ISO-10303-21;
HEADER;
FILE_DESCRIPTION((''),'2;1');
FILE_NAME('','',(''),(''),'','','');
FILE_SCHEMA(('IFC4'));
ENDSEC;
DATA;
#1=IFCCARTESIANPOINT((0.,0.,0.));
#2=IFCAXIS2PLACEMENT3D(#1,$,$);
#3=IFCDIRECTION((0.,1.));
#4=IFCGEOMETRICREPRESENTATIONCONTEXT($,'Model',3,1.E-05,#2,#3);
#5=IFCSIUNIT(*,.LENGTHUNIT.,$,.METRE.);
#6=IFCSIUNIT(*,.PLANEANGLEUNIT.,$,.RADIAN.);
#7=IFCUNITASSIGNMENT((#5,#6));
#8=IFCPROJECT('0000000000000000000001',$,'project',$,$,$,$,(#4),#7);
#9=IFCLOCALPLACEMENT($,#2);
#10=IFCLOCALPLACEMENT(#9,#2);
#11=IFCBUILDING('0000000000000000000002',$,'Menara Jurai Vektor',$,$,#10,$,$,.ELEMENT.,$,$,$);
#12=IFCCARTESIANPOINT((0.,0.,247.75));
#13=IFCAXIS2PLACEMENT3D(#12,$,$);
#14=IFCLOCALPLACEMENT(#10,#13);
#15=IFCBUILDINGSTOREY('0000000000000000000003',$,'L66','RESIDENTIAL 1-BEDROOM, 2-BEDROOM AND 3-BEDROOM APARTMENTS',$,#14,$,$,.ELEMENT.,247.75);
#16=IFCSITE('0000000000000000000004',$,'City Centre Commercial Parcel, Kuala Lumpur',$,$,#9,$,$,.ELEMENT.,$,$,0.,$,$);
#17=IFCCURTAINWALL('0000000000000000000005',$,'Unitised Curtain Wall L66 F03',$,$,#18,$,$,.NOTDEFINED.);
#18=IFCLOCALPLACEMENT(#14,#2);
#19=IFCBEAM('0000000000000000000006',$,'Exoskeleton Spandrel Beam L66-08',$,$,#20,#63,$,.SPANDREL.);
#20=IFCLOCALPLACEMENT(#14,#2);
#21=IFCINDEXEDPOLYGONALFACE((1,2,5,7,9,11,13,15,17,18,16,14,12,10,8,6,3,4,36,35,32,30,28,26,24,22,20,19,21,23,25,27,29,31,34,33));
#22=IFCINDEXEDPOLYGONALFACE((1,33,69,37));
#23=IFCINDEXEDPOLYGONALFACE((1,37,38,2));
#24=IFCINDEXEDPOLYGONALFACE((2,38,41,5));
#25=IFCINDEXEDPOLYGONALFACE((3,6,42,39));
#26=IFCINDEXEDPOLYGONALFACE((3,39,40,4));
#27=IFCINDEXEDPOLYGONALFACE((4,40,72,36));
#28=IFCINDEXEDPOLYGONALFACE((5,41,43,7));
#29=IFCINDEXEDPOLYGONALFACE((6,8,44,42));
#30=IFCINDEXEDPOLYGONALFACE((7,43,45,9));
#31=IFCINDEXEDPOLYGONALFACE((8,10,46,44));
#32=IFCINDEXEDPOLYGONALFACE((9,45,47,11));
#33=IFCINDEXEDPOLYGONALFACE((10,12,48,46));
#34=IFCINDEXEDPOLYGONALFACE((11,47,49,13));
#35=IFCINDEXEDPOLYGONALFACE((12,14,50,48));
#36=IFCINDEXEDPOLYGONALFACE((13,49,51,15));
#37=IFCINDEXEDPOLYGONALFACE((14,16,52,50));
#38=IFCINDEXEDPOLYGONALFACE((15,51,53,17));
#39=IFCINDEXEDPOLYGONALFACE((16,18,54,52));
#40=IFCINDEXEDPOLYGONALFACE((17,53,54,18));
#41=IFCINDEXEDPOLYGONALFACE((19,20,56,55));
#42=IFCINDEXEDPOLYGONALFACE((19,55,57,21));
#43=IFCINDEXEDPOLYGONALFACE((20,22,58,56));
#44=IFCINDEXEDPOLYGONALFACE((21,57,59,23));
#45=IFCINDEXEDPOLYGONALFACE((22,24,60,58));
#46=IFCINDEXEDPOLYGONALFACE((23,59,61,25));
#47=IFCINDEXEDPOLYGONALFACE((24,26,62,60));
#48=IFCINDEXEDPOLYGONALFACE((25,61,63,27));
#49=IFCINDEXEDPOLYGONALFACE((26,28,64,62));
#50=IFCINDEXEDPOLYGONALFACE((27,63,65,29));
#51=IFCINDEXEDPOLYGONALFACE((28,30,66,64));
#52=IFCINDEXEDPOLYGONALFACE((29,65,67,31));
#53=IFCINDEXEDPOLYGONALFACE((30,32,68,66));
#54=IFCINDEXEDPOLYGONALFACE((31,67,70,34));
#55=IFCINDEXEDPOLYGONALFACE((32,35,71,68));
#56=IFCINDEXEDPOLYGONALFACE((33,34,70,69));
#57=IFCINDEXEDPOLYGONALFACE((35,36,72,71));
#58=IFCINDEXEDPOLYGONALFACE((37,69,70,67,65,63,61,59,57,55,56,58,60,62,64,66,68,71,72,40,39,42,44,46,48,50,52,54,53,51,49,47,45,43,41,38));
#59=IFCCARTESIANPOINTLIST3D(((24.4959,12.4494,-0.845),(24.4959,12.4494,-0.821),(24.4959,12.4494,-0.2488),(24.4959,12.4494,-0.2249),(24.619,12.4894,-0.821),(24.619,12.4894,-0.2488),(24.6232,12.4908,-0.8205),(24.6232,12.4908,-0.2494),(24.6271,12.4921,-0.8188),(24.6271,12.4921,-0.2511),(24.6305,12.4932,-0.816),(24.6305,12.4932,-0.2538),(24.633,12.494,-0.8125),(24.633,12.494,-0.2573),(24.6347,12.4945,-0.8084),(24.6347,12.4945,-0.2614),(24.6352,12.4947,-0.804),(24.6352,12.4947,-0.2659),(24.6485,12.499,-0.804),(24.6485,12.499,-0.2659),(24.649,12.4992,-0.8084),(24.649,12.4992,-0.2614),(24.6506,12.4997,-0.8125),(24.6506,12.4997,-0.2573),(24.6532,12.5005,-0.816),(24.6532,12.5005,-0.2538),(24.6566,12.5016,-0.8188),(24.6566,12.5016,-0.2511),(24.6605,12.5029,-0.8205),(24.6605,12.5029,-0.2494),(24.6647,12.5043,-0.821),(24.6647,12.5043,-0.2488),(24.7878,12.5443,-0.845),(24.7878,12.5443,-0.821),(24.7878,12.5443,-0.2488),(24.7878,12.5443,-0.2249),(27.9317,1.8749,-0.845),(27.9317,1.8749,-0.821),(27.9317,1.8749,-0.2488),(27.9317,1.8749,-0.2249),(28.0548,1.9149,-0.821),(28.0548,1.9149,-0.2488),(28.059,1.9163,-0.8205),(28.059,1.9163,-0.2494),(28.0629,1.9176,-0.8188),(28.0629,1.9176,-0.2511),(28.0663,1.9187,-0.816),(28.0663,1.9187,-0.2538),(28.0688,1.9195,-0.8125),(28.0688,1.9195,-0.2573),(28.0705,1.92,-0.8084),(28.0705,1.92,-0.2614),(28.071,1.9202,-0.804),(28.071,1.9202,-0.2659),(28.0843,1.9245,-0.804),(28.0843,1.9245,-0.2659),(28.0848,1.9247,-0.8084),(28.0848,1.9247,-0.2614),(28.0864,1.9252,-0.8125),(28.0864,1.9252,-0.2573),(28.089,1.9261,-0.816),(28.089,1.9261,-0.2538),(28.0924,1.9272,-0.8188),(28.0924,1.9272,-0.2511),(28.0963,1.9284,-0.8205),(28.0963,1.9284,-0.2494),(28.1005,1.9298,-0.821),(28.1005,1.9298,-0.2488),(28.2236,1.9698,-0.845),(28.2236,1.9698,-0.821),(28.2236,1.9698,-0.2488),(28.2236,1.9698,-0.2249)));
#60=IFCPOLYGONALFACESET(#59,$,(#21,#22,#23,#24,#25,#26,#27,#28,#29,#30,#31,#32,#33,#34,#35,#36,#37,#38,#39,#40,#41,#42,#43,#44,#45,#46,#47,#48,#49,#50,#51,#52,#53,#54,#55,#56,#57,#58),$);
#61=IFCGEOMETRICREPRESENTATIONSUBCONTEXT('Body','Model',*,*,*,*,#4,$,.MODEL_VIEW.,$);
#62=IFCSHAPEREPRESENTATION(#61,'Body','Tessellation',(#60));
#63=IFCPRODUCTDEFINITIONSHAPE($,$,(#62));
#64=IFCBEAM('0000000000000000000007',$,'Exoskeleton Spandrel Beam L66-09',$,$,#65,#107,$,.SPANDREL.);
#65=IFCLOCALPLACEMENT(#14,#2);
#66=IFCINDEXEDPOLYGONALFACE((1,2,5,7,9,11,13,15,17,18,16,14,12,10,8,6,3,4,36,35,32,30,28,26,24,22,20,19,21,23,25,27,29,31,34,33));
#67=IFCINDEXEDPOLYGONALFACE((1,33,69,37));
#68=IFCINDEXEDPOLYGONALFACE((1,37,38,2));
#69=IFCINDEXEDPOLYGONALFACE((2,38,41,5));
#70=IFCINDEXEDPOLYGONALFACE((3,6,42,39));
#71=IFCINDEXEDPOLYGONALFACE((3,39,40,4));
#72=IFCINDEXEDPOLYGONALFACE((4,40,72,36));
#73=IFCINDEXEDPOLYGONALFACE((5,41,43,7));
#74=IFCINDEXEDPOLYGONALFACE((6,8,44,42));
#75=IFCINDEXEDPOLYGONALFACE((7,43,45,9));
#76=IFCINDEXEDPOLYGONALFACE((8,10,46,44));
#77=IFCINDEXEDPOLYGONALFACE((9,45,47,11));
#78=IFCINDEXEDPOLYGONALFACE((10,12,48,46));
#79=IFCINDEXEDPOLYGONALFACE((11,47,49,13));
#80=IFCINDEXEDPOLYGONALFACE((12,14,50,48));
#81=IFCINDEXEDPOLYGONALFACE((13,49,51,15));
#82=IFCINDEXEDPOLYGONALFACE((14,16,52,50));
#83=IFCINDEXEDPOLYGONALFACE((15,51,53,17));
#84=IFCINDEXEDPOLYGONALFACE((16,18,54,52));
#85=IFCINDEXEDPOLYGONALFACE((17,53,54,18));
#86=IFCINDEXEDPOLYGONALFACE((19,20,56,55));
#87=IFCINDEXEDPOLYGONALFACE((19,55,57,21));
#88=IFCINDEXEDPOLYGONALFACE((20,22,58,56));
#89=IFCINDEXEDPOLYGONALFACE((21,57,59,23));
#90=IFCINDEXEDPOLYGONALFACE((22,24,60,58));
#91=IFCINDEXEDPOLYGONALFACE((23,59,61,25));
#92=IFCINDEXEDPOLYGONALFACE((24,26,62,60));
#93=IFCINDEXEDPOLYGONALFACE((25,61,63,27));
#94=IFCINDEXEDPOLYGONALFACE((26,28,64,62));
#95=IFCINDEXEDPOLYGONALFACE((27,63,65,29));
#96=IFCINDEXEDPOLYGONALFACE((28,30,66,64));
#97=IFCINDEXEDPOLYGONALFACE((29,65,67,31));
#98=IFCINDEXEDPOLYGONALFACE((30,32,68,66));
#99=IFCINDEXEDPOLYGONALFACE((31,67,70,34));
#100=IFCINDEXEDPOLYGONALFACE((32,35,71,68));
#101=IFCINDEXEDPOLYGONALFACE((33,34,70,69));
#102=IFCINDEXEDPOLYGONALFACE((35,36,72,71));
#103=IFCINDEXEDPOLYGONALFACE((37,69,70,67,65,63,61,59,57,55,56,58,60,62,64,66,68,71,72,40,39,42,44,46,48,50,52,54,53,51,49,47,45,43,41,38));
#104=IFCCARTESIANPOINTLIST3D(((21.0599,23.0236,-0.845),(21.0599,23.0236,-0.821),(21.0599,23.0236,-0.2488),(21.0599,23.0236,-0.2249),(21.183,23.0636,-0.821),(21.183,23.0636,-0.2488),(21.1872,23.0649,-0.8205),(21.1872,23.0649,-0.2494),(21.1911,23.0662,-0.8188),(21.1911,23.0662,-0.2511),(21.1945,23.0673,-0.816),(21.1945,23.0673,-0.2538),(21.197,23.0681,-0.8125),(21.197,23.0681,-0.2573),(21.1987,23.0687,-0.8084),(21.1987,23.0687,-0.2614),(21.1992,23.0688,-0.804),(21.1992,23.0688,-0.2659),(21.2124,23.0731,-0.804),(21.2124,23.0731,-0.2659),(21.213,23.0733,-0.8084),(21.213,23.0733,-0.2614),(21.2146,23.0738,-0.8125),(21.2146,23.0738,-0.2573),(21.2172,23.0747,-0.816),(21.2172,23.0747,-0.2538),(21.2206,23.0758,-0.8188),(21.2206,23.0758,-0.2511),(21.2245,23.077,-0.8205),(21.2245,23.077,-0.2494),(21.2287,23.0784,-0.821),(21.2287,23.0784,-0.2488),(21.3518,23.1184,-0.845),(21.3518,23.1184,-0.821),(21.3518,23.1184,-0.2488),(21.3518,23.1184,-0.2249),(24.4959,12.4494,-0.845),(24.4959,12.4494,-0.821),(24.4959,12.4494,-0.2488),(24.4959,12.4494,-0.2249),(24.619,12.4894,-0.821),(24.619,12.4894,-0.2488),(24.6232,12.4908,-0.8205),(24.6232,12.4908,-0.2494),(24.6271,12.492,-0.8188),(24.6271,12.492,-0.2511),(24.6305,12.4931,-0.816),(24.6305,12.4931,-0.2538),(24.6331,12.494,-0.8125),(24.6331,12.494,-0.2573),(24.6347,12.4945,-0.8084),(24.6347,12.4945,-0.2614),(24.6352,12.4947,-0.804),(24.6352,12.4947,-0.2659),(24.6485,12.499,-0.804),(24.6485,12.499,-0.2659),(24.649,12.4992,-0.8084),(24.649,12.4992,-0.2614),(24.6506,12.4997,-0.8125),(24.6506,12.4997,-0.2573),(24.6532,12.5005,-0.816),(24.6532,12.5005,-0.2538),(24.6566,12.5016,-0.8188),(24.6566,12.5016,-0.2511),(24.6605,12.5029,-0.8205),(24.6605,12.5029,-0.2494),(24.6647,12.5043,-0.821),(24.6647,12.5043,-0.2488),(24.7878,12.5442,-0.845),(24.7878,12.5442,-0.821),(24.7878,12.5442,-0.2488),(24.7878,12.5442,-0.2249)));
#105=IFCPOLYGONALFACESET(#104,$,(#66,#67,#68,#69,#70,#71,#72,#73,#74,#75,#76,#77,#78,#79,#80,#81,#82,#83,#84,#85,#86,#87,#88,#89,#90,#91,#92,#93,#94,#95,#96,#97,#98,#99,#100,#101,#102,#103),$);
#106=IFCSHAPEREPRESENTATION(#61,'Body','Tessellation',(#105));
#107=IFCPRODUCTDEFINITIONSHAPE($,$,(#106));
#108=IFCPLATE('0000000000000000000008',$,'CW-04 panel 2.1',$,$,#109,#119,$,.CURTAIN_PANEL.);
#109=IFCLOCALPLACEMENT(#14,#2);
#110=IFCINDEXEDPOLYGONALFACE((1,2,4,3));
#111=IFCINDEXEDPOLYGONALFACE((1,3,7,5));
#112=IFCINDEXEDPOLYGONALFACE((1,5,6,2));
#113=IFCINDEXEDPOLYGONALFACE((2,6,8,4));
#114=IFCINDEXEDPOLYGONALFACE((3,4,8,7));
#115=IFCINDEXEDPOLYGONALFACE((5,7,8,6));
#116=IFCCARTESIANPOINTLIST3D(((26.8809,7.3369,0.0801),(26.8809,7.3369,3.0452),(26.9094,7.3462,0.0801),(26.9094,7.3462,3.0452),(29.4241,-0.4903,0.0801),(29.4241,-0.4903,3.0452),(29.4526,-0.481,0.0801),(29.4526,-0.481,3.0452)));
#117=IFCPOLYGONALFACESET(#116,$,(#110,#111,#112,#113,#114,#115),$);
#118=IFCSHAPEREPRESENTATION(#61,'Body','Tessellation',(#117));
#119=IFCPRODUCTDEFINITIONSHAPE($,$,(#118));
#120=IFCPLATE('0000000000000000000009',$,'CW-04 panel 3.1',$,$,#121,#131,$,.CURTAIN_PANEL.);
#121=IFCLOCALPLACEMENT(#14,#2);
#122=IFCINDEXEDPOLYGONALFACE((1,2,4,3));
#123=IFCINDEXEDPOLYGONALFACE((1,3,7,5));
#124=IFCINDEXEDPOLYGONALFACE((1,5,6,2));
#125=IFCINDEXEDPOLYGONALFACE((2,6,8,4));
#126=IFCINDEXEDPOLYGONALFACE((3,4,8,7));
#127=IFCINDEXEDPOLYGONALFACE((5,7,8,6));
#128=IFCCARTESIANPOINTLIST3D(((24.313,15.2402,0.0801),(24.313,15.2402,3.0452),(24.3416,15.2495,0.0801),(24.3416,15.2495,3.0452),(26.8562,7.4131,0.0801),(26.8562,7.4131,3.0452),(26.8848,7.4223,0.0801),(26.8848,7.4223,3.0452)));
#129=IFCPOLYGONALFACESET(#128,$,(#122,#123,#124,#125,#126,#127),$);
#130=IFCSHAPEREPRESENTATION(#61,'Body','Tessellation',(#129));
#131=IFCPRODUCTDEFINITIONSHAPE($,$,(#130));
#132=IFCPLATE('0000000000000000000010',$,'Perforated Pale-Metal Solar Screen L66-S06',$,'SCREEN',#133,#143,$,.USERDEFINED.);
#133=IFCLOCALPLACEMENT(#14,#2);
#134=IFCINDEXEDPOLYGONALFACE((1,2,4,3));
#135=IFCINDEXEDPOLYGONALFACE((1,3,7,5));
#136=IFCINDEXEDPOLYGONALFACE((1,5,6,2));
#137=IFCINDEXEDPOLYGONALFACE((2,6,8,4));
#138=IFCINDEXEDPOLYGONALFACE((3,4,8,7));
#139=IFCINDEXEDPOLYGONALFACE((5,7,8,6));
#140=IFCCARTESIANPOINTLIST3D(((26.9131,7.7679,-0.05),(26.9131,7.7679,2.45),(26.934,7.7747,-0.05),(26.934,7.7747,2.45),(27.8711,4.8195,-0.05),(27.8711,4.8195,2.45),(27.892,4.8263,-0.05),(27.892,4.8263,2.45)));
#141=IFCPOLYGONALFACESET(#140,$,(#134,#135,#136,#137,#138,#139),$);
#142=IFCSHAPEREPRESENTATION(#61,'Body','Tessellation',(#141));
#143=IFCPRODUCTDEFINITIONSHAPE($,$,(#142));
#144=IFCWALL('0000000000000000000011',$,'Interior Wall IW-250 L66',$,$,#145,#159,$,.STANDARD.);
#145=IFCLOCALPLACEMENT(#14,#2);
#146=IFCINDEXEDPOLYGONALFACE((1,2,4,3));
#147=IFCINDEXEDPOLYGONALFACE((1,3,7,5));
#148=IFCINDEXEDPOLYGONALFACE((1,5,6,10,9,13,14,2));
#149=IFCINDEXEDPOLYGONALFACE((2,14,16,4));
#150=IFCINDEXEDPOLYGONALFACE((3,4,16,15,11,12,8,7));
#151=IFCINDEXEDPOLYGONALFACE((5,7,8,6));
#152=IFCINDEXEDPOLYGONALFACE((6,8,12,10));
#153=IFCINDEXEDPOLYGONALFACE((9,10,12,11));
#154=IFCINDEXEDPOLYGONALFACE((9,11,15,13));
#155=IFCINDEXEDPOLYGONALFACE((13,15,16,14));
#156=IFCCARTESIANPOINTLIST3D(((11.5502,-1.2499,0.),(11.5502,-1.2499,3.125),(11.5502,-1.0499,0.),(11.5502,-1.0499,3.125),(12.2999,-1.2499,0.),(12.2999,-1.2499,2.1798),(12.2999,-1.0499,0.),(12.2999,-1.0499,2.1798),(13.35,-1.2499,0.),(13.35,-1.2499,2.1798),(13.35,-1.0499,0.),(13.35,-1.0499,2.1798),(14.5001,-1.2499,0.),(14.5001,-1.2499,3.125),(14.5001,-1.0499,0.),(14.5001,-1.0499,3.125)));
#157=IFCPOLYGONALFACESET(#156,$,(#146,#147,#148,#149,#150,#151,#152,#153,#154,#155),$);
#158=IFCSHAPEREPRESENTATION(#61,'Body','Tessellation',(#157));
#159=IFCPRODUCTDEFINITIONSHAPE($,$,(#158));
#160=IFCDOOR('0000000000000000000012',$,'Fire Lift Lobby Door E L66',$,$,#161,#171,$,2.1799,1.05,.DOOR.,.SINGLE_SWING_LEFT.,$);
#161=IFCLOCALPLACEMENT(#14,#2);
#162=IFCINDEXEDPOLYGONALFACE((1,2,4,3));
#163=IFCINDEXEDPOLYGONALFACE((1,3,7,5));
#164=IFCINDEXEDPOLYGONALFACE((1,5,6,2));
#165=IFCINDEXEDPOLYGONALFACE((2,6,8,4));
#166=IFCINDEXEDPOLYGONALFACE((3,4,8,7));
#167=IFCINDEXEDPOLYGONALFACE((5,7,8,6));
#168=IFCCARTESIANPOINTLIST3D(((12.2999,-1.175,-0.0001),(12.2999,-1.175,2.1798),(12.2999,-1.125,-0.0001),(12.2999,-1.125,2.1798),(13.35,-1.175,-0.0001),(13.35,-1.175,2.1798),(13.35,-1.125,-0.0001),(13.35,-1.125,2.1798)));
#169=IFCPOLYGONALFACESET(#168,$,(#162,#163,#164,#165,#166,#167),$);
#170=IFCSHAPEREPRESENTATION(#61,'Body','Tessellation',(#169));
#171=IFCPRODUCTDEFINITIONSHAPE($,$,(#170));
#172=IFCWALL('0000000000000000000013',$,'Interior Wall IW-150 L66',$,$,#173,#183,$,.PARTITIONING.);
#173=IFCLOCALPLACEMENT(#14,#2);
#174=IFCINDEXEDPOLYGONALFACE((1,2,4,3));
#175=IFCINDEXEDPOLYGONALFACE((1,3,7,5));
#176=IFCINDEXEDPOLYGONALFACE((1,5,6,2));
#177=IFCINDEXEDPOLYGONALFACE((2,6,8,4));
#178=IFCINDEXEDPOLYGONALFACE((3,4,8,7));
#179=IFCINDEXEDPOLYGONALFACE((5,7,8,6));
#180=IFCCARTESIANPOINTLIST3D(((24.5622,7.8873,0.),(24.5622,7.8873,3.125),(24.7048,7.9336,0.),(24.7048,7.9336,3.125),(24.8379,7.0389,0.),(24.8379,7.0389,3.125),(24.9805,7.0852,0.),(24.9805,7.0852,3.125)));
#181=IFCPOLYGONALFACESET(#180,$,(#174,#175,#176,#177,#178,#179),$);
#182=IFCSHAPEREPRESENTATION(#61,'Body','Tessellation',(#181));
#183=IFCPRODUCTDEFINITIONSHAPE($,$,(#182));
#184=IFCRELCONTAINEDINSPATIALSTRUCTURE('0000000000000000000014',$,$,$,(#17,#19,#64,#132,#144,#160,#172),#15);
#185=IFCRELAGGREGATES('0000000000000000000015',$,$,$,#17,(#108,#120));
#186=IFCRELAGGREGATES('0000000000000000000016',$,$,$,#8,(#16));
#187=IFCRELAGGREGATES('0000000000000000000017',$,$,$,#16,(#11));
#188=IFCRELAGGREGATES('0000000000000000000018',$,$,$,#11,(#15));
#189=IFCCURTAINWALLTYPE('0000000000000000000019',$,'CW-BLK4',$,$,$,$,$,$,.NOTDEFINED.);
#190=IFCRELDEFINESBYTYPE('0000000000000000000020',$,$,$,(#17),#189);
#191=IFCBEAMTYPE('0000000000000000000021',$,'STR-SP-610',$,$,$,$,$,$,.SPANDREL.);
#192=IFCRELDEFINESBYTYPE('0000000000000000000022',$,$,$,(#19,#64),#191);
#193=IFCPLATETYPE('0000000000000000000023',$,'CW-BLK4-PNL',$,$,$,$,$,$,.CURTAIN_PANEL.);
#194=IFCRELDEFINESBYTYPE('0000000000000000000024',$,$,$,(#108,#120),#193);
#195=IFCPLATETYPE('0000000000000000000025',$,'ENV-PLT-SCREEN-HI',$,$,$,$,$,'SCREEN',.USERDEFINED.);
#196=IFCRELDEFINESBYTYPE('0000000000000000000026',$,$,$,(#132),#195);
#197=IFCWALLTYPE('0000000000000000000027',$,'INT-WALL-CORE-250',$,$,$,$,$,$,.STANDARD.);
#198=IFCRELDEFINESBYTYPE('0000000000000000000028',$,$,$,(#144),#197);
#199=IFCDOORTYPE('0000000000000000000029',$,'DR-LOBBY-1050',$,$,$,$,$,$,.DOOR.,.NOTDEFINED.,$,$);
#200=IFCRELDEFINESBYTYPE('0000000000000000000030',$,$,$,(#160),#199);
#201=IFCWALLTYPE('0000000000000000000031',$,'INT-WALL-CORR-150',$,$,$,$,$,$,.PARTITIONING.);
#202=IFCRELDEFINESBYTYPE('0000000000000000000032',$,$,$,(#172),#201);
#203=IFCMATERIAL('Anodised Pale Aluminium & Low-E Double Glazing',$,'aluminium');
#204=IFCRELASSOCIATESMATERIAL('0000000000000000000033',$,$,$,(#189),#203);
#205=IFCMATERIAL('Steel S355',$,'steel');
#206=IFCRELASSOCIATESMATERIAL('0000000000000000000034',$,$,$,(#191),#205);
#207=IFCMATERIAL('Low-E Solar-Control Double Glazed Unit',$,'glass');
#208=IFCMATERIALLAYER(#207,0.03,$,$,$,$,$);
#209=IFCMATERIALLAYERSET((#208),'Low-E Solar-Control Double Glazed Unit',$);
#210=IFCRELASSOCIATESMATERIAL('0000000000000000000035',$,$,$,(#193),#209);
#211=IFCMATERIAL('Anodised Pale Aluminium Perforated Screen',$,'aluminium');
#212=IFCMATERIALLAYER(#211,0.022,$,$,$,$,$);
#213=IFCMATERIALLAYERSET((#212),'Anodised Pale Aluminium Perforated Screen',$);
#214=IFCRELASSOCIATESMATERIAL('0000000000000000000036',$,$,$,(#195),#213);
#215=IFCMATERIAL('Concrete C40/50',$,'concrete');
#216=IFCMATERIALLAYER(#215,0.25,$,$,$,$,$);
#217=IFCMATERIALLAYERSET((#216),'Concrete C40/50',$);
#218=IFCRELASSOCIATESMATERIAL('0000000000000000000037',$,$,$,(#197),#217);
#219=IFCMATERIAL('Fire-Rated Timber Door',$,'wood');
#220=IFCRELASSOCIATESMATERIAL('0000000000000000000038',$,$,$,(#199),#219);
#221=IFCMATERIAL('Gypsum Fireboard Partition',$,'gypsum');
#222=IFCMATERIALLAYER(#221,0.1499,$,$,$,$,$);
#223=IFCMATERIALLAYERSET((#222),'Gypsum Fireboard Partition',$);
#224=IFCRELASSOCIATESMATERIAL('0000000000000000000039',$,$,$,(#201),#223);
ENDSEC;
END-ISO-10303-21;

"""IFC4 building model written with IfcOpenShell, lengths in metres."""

from ifc_helpers import new_model, si_unit, direction, frame, frame_2d, origin, origin_2d, place, context, subcontext, project, spatial, rectangle, i_section, extrude, material, layer, layer_set, material_profile, profile_set, type_object, element, fill, aggregate, save


model = new_model("IFC4")

# Units and contexts
model_context = context("Model", 3, precision=1e-05, world=origin(), true_north=direction((0.0, 1.0)))
body_context = subcontext(model_context, "Body", "Model", "MODEL_VIEW")
ifc_project = project(units=[si_unit("LENGTHUNIT", "METRE"), si_unit("PLANEANGLEUNIT", "RADIAN")], contexts=[model_context])

# Site, building, storey
site_placement = place(None, origin())
site = spatial("IfcSite", under=ifc_project, at=site_placement, Name="City Centre Commercial Parcel, Kuala Lumpur", CompositionType="ELEMENT", RefElevation=0.0)
building_placement = place(site_placement, origin())
building = spatial("IfcBuilding", under=site, at=building_placement, Name="Menara Jurai Vektor", CompositionType="ELEMENT")
storey_placement = place(building_placement, frame((0.0, 0.0, 247.75)))
storey = spatial("IfcBuildingStorey", under=building, at=storey_placement, Name="L66", Description="RESIDENTIAL 1-BEDROOM, 2-BEDROOM AND 3-BEDROOM APARTMENTS", CompositionType="ELEMENT", Elevation=247.75)

# Curtain wall
ifc_material_1 = material(Name="Anodised Pale Aluminium & Low-E Double Glazing", Category="aluminium")
curtain_wall_type = type_object("IfcCurtainWallType", Name="CW-BLK4", PredefinedType="NOTDEFINED", material=ifc_material_1)
curtain_wall_placement = place(storey_placement, origin())
curtain_wall = element("IfcCurtainWall", 1, at=curtain_wall_placement, inside=storey, type_object=curtain_wall_type, Name="Unitised Curtain Wall L66 F03", PredefinedType="NOTDEFINED")

# Beams
ifc_material_2 = material(Name="Steel S355", Category="steel")
ifc_material_profile_1 = material_profile(ifc_material_2, i_section(OverallWidth=0.3069, OverallDepth=0.6201, WebThickness=0.0139, FlangeThickness=0.0239, FilletRadius=0.0171, at=origin_2d()), Name="UKB 610x305x179")
ifc_profile_set_1 = profile_set([ifc_material_profile_1], Name="Steel S355")
beam_type_1 = type_object("IfcBeamType", Name="STR-SP-610", PredefinedType="SPANDREL", material=ifc_profile_set_1)
beam_1_placement = place(storey_placement, frame((28.0776, 1.9224, -0.5349), z_axis=(-0.309012, 0.951058, 0.0), x_axis=(-0.951058, -0.309012, 0.0)))
element("IfcBeam", 2, at=beam_1_placement, inside=storey, type_object=beam_type_1, Name="Exoskeleton Spandrel Beam L66-08", PredefinedType="SPANDREL", context=body_context, shape_type="SweptSolid", body=[
    extrude(i_section(OverallWidth=0.3069, OverallDepth=0.6201, WebThickness=0.0139, FlangeThickness=0.0239, FilletRadius=0.0171, at=origin_2d()), origin(), (0.0, 0.0, 1.0), 11.1187),
])
beam_2_placement = place(storey_placement, frame((24.6418, 12.4968, -0.5349), z_axis=(-0.309038, 0.95105, 0.0), x_axis=(-0.95105, -0.309038, 0.0)))
element("IfcBeam", 3, at=beam_2_placement, inside=storey, type_object=beam_type_1, Name="Exoskeleton Spandrel Beam L66-09", PredefinedType="SPANDREL", context=body_context, shape_type="SweptSolid", body=[
    extrude(i_section(OverallWidth=0.3069, OverallDepth=0.6201, WebThickness=0.0139, FlangeThickness=0.0239, FilletRadius=0.0171, at=origin_2d()), origin(), (0.0, 0.0, 1.0), 11.1184),
])

# Plates
ifc_material_3 = material(Name="Low-E Solar-Control Double Glazed Unit", Category="glass")
ifc_layer_1 = layer(ifc_material_3, 0.03)
ifc_layer_set_1 = layer_set([ifc_layer_1], Name="Low-E Solar-Control Double Glazed Unit")
plate_type_1 = type_object("IfcPlateType", Name="CW-BLK4-PNL", PredefinedType="CURTAIN_PANEL", material=ifc_layer_set_1)
plate_1_placement = place(storey_placement, frame((28.1667, 3.428, 0.0801), z_axis=(0.0, 0.0, 1.0), x_axis=(-0.309016, 0.951057, 0.0)))
plate_1 = element("IfcPlate", 4, at=plate_1_placement, type_object=plate_type_1, Name="CW-04 panel 2.1", PredefinedType="CURTAIN_PANEL", context=body_context, shape_type="SweptSolid", body=[
    extrude(rectangle(XDim=8.23, YDim=0.03, at=origin_2d()), origin(), (0.0, 0.0, 1.0), 2.9651),
])
plate_2_placement = place(storey_placement, frame((25.5989, 11.3313, 0.0801), z_axis=(0.0, 0.0, 1.0), x_axis=(-0.309016, 0.951057, 0.0)))
plate_2 = element("IfcPlate", 5, at=plate_2_placement, type_object=plate_type_1, Name="CW-04 panel 3.1", PredefinedType="CURTAIN_PANEL", context=body_context, shape_type="SweptSolid", body=[
    extrude(rectangle(XDim=8.23, YDim=0.03, at=origin_2d()), origin(), (0.0, 0.0, 1.0), 2.9651),
])
aggregate(curtain_wall, [plate_1, plate_2])
ifc_material_4 = material(Name="Anodised Pale Aluminium Perforated Screen", Category="aluminium")
ifc_layer_2 = layer(ifc_material_4, 0.022)
ifc_layer_set_2 = layer_set([ifc_layer_2], Name="Anodised Pale Aluminium Perforated Screen")
plate_type_2 = type_object("IfcPlateType", Name="ENV-PLT-SCREEN-HI", ElementType="SCREEN", PredefinedType="USERDEFINED", material=ifc_layer_set_2)
plate_3_placement = place(storey_placement, frame((27.4026, 6.2971, -0.05), z_axis=(0.0, 0.0, 1.0), x_axis=(-0.309017, 0.951057, 0.0)))
element("IfcPlate", 6, at=plate_3_placement, inside=storey, type_object=plate_type_2, Name="Perforated Pale-Metal Solar Screen L66-S06", ObjectType="SCREEN", PredefinedType="USERDEFINED", context=body_context, shape_type="SweptSolid", body=[
    extrude(rectangle(XDim=3.1001, YDim=0.022, at=origin_2d()), origin(), (0.0, 0.0, 1.0), 2.5),
])

# Wall, opening, door
ifc_material_5 = material(Name="Concrete C40/50", Category="concrete")
ifc_layer_3 = layer(ifc_material_5, 0.25)
ifc_layer_set_3 = layer_set([ifc_layer_3], Name="Concrete C40/50")
wall_type_1 = type_object("IfcWallType", Name="INT-WALL-CORE-250", PredefinedType="STANDARD", material=ifc_layer_set_3)
wall_1_placement = place(storey_placement, frame((11.55, -1.1499, 0.0), z_axis=(0.0, 0.0, 1.0), x_axis=(1.0, 0.0, 0.0)))
wall_1 = element("IfcWall", 7, at=wall_1_placement, inside=storey, type_object=wall_type_1, Name="Interior Wall IW-250 L66", PredefinedType="STANDARD", context=body_context, shape_type="SweptSolid", body=[
    extrude(rectangle(XDim=2.95, YDim=0.2, at=frame_2d((1.4751, 0.0))), origin(), (0.0, 0.0, 1.0), 3.125),
])
opening_1_placement = place(wall_1_placement, frame((0.75, 0.0, 0.0)))
opening_1 = element("IfcOpeningElement", 8, at=opening_1_placement, cuts=wall_1, PredefinedType="OPENING", context=body_context, shape_type="SweptSolid", body=[
    extrude(rectangle(XDim=1.05, YDim=2.1799, at=frame_2d((0.5249, 1.0898))), frame((0.0, 0.1099, 0.0), z_axis=(0.0, -1.0, 0.0), x_axis=(1.0, 0.0, 0.0)), (0.0, 0.0, 1.0), 0.22),
])
ifc_material_6 = material(Name="Fire-Rated Timber Door", Category="wood")
door_type_1 = type_object("IfcDoorType", Name="DR-LOBBY-1050", OperationType="NOTDEFINED", PredefinedType="DOOR", material=ifc_material_6)
door_1_placement = place(opening_1_placement, origin())
door_1 = element("IfcDoor", 9, at=door_1_placement, inside=storey, type_object=door_type_1, Name="Fire Lift Lobby Door E L66", OperationType="SINGLE_SWING_LEFT", OverallHeight=2.1799, OverallWidth=1.05, PredefinedType="DOOR", context=body_context, shape_type="SweptSolid", body=[
    extrude(rectangle(XDim=1.05, YDim=2.1799, at=frame_2d((0.5249, 1.0898))), frame((0.0, 0.0249, 0.0), z_axis=(0.0, -1.0, 0.0), x_axis=(1.0, 0.0, 0.0)), (0.0, 0.0, 1.0), 0.05),
])
fill(opening_1, door_1)

# Wall
ifc_material_7 = material(Name="Gypsum Fireboard Partition", Category="gypsum")
ifc_layer_4 = layer(ifc_material_7, 0.1499)
ifc_layer_set_4 = layer_set([ifc_layer_4], Name="Gypsum Fireboard Partition")
wall_type_2 = type_object("IfcWallType", Name="INT-WALL-CORR-150", PredefinedType="PARTITIONING", material=ifc_layer_set_4)
wall_2_placement = place(storey_placement, frame((24.9092, 7.062, 0.0), z_axis=(0.0, 0.0, 1.0), x_axis=(-0.308993, 0.951064, 0.0)))
element("IfcWall", 10, at=wall_2_placement, inside=storey, type_object=wall_type_2, Name="Interior Wall IW-150 L66", PredefinedType="PARTITIONING", context=body_context, shape_type="SweptSolid", body=[
    extrude(rectangle(XDim=0.8921, YDim=0.1499, at=frame_2d((0.446, 0.0))), origin(), (0.0, 0.0, 1.0), 3.125),
])

save(model, "model.ifc")
